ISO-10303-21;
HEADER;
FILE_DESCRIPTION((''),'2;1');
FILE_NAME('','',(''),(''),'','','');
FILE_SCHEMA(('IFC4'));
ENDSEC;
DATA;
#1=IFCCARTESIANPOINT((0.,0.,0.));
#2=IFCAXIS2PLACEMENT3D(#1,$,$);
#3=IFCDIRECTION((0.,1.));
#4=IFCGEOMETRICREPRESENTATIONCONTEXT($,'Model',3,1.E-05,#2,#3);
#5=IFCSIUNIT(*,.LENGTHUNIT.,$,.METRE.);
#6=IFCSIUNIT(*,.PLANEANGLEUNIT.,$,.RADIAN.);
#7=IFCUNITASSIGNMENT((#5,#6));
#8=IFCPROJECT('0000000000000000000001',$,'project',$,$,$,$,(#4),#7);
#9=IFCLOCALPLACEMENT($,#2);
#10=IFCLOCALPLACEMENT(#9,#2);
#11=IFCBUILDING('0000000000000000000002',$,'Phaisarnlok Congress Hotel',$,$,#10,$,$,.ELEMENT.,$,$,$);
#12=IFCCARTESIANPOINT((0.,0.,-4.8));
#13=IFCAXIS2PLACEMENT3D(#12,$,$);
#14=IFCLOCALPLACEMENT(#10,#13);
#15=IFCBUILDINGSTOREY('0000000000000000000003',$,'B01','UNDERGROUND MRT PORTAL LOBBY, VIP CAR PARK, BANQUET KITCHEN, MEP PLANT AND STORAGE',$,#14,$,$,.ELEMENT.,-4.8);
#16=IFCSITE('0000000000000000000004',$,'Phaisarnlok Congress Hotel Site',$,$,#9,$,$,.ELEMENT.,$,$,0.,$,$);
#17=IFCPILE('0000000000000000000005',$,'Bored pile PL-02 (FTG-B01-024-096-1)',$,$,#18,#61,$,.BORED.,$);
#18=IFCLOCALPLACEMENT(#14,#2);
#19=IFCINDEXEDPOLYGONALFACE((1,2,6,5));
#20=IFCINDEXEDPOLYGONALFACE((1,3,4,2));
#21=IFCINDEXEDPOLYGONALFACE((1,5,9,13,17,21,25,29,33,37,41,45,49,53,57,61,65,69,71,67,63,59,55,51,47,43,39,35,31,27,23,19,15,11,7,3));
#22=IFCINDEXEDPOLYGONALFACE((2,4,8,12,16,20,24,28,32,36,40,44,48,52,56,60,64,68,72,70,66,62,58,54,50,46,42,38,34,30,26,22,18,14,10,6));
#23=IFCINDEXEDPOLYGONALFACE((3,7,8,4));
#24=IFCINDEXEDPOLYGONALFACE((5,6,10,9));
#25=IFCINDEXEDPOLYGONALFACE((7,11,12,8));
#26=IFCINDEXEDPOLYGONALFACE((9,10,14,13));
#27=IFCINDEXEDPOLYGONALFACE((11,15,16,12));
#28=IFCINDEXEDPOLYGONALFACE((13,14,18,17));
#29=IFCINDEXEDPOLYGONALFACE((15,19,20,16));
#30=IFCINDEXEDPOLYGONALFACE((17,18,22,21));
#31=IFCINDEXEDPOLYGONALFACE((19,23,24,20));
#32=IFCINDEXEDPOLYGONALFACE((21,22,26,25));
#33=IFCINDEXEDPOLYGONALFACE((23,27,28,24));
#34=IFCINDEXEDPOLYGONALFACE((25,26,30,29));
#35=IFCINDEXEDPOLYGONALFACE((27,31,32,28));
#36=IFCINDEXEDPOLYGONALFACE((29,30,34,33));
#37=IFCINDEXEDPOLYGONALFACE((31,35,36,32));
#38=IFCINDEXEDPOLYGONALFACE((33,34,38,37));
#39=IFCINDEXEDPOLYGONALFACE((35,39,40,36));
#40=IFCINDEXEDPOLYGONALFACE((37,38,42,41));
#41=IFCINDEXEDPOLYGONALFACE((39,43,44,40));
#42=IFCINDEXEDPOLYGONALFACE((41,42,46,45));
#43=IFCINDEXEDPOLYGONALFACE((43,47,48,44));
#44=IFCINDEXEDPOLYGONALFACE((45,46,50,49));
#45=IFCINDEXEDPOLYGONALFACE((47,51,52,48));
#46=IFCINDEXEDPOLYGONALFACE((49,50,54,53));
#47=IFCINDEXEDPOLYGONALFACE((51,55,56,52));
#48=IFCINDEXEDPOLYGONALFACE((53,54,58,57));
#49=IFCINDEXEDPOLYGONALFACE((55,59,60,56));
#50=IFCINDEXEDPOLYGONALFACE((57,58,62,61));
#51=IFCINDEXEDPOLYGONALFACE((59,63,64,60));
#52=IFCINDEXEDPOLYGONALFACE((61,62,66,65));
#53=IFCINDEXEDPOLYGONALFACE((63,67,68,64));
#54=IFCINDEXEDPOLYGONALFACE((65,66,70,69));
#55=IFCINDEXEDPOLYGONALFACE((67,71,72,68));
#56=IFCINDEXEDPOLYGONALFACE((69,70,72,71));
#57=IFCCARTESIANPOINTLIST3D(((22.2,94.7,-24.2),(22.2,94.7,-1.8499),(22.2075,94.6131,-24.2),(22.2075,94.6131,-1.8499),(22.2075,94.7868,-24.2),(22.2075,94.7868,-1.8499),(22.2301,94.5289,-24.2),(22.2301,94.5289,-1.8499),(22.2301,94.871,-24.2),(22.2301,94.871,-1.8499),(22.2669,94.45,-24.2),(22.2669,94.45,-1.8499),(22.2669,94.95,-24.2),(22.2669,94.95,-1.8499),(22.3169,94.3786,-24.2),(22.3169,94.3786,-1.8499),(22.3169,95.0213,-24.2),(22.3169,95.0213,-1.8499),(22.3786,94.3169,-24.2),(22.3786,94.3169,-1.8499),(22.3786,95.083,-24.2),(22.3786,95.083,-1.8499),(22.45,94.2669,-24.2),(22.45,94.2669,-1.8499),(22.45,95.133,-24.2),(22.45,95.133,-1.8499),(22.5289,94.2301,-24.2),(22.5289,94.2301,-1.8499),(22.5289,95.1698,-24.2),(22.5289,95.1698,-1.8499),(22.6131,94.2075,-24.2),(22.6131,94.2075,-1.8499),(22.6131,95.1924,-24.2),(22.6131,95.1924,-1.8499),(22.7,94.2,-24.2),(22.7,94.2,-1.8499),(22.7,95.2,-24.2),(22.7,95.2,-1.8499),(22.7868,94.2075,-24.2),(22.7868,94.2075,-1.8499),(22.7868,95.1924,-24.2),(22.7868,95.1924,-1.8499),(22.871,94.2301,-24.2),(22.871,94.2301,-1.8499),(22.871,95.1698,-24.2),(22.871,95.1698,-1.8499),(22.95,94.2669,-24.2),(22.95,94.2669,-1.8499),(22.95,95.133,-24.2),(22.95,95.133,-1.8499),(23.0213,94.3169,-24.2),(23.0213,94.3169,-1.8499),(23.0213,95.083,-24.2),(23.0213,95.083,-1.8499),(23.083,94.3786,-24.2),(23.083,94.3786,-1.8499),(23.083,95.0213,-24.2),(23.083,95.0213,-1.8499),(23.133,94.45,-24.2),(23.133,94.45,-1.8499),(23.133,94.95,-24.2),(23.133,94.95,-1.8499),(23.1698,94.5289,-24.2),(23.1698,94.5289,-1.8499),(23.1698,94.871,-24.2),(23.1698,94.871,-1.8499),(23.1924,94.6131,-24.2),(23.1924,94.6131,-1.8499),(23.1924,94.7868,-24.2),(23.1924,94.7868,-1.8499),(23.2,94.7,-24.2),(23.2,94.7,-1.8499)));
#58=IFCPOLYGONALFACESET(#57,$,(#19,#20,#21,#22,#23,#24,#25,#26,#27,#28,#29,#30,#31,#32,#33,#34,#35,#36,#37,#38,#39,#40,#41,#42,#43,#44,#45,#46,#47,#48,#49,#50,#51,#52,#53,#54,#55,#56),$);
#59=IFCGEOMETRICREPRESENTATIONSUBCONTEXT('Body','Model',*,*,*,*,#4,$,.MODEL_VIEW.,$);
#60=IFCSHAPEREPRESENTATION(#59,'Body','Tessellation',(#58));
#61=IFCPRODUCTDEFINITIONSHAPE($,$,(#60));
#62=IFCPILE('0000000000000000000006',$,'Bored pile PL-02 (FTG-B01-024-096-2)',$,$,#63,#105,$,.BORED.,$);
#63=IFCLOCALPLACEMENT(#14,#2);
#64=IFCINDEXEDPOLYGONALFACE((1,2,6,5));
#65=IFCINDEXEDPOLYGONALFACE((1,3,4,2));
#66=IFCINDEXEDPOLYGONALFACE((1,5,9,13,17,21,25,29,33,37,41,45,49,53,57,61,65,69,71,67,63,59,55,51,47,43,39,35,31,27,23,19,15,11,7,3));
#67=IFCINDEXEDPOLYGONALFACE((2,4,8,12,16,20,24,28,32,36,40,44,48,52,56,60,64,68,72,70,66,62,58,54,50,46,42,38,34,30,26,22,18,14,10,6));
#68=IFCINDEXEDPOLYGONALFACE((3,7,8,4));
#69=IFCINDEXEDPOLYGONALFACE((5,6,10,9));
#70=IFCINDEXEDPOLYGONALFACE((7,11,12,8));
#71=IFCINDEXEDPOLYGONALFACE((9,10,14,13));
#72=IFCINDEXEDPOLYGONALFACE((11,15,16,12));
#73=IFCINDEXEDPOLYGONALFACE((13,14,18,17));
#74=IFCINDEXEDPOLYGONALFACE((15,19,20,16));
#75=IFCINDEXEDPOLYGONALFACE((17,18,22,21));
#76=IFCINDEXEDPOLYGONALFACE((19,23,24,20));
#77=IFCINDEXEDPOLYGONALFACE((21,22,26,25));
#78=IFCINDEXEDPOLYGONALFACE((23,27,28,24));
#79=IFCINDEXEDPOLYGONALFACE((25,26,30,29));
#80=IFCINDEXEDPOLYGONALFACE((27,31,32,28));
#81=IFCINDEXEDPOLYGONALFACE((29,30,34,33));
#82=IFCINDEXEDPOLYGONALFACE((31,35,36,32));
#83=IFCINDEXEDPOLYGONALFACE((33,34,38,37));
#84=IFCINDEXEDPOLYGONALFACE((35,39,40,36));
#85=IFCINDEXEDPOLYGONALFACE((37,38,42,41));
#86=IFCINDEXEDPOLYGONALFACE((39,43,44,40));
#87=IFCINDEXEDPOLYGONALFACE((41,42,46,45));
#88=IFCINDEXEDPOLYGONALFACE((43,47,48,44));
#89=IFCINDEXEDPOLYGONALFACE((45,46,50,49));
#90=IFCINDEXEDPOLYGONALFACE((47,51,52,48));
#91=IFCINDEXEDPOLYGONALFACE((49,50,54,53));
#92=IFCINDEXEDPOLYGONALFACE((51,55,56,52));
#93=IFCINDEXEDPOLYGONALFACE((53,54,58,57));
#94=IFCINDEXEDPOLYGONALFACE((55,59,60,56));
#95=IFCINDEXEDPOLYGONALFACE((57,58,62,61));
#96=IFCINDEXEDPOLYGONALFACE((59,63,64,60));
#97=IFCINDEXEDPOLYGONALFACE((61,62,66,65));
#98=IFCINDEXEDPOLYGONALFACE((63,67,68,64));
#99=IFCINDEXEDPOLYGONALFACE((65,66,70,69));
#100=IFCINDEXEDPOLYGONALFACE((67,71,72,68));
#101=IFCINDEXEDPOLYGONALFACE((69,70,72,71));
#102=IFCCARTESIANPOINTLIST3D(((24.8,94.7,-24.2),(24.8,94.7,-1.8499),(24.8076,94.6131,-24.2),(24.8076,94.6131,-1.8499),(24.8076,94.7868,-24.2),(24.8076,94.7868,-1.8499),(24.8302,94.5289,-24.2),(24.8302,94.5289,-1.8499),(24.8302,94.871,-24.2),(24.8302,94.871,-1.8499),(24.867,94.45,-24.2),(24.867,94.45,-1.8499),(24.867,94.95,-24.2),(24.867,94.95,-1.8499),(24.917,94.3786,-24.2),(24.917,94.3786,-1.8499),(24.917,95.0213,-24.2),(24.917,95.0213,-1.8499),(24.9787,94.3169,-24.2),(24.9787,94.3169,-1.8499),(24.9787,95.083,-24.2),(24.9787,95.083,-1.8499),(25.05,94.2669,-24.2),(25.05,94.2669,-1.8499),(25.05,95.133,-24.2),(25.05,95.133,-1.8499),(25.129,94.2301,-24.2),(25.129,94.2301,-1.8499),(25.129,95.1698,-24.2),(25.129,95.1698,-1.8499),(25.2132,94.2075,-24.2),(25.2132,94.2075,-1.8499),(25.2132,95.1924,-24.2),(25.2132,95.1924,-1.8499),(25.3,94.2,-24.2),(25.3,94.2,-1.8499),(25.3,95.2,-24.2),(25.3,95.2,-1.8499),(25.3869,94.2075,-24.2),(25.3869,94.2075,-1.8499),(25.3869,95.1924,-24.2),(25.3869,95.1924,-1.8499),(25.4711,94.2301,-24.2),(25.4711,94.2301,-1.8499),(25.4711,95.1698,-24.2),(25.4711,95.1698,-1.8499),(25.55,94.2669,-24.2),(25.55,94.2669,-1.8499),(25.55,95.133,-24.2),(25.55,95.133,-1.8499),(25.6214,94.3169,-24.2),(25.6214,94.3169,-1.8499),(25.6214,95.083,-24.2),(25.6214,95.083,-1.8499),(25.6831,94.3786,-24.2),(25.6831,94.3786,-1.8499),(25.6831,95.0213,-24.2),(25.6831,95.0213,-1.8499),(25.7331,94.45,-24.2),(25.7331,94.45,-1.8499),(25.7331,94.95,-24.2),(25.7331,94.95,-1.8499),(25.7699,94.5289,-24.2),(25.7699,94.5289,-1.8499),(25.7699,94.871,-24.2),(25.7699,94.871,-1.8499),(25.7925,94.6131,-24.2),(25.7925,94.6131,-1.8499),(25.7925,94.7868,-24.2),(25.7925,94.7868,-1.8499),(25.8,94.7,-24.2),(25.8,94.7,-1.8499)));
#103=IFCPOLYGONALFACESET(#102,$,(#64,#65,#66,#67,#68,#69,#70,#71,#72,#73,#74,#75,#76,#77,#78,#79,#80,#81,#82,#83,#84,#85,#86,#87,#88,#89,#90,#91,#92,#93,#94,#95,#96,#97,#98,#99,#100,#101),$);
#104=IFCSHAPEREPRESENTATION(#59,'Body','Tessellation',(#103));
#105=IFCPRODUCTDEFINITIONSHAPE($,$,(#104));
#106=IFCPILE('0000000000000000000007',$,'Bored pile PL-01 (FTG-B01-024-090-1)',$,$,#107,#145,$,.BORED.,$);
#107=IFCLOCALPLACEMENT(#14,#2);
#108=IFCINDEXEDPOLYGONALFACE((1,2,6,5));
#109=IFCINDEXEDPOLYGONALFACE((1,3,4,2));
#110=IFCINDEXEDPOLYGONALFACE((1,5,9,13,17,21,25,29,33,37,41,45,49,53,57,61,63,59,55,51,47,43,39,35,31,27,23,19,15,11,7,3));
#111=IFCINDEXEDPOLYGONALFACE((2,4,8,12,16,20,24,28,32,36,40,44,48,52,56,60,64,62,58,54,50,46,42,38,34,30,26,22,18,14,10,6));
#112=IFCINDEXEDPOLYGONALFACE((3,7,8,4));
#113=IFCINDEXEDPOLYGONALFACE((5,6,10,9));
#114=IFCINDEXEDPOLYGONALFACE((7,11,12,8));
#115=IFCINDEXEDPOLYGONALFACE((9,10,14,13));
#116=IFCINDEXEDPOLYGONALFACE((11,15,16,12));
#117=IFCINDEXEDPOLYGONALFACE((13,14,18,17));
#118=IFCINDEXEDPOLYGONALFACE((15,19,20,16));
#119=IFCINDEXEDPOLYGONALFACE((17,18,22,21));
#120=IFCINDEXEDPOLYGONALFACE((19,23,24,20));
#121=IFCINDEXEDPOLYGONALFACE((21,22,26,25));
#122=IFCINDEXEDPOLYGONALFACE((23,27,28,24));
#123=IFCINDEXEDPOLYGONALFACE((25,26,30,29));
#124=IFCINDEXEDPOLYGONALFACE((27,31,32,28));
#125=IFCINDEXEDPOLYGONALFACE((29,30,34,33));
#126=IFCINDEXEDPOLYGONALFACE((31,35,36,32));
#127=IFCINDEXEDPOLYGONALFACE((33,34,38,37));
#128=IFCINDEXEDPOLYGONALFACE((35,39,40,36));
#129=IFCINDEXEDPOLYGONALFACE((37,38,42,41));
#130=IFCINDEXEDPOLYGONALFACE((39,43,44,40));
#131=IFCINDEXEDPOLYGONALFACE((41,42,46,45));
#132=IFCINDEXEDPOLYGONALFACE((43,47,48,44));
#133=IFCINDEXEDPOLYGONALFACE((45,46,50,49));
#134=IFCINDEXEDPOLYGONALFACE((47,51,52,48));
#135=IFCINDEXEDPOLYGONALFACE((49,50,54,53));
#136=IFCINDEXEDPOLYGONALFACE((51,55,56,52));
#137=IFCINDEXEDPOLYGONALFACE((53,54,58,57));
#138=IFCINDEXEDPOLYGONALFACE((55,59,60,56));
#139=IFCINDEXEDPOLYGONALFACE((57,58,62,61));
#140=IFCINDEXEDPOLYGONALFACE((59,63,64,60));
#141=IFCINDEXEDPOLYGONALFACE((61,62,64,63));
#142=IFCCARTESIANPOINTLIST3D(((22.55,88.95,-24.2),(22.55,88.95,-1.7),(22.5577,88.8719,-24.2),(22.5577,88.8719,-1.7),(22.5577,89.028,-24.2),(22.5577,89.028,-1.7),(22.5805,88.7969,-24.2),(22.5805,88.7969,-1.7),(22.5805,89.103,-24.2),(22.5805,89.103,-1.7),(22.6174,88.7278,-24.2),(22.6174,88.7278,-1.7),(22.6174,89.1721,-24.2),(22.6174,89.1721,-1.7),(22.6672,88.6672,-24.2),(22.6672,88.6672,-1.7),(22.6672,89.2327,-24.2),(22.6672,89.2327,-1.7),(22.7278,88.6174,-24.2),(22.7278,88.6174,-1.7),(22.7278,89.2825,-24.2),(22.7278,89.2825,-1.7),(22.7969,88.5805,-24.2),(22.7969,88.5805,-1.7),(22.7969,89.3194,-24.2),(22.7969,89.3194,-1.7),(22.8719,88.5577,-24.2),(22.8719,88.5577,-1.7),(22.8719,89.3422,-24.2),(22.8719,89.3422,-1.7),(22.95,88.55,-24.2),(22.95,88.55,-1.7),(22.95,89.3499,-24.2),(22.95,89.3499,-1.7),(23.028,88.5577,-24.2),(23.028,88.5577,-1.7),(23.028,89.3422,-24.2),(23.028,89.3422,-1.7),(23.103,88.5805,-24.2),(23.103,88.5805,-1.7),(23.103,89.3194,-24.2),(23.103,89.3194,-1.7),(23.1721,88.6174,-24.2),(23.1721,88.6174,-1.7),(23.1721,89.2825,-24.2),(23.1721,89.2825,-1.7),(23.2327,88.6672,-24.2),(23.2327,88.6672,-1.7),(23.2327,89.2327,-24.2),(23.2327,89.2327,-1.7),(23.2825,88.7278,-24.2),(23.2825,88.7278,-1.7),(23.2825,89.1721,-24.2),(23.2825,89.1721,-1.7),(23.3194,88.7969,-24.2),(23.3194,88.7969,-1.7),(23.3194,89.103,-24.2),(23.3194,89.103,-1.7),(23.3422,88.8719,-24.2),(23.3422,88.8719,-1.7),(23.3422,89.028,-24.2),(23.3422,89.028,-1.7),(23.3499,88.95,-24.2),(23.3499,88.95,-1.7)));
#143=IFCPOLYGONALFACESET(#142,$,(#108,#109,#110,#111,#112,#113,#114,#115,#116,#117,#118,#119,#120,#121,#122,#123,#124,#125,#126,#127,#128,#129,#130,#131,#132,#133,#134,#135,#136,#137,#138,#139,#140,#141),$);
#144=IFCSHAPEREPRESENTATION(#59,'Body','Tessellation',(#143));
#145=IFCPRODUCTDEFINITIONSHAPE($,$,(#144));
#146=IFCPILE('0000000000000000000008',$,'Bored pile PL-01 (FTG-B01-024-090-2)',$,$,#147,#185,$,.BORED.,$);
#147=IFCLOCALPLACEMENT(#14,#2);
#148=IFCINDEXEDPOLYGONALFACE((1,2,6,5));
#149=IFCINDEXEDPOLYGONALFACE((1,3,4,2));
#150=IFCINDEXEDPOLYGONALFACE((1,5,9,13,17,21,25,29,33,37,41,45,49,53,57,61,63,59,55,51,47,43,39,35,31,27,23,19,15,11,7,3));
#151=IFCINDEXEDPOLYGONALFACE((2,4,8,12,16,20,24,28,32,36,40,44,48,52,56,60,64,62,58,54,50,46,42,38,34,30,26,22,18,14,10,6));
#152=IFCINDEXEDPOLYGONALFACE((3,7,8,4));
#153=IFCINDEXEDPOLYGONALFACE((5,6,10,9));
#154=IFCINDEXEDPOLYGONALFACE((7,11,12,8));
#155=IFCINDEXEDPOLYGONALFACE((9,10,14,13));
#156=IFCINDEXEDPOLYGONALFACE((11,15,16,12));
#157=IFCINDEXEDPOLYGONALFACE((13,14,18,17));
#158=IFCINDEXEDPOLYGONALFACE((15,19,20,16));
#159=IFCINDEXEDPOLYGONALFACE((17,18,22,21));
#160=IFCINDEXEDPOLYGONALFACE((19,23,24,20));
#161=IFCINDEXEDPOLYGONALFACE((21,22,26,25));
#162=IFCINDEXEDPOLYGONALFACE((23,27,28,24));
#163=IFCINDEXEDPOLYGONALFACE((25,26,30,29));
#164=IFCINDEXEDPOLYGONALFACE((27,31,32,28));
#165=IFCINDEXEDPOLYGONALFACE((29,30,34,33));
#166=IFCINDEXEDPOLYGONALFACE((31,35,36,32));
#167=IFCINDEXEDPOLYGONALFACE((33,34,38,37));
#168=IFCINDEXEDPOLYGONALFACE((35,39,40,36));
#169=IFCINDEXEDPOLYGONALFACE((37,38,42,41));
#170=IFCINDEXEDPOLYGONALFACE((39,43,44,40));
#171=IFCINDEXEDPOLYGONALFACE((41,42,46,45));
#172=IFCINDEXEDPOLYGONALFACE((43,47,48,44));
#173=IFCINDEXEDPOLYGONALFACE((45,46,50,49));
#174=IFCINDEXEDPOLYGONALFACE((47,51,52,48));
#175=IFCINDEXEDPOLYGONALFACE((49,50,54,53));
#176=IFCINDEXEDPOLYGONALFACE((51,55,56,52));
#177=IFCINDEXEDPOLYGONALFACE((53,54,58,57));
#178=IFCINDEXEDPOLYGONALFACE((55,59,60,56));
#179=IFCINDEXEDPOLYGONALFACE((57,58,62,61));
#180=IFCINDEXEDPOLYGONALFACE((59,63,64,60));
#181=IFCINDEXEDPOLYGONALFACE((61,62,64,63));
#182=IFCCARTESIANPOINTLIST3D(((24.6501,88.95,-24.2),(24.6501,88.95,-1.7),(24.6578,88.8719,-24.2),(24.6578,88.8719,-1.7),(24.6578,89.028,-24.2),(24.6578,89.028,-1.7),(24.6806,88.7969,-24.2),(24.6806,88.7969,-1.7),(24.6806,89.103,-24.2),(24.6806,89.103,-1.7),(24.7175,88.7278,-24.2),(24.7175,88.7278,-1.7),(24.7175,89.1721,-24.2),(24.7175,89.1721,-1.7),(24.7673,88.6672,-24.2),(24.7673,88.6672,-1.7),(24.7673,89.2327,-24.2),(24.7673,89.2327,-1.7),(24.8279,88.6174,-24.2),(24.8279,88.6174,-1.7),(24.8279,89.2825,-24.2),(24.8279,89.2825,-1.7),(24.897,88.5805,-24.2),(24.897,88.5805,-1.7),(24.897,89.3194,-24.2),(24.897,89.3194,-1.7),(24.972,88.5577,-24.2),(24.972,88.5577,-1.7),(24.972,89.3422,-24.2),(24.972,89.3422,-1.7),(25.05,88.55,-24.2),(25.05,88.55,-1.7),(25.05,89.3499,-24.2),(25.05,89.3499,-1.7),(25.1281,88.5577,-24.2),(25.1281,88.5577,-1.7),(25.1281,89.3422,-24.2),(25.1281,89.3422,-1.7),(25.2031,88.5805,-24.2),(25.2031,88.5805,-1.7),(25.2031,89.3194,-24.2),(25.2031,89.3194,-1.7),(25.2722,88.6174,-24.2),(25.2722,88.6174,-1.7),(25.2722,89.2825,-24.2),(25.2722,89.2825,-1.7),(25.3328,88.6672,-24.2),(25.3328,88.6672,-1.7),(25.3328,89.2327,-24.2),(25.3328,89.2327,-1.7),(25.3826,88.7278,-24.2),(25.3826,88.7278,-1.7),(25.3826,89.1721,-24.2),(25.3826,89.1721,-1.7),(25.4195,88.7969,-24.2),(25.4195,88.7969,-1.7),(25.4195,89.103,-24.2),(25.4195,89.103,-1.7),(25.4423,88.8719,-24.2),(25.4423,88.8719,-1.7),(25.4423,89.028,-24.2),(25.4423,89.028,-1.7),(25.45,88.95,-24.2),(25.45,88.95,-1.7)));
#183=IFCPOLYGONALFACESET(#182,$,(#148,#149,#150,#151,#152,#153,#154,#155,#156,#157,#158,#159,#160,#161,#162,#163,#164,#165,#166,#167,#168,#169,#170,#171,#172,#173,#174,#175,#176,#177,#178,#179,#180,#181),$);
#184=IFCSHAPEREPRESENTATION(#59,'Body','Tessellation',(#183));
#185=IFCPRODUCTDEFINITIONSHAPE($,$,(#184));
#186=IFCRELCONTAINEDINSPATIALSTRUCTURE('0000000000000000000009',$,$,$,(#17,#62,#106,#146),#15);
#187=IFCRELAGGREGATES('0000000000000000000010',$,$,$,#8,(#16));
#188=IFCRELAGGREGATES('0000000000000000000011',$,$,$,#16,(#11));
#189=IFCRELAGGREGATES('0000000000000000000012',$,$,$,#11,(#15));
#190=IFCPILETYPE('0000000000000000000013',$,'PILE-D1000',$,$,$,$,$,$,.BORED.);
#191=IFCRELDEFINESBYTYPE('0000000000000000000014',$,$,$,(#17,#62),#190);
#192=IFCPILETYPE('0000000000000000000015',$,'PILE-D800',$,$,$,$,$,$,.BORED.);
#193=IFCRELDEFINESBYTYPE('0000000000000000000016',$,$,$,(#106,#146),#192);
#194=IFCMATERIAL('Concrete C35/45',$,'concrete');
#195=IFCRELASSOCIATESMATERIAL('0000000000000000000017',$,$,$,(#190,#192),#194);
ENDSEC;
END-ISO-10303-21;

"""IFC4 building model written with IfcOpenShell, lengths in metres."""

from ifc_helpers import new_model, si_unit, direction, frame, origin, origin_2d, place, context, subcontext, project, spatial, circle, extrude, material, material_profile, profile_set, type_object, element, save


model = new_model("IFC4")

# Units and contexts
model_context = context("Model", 3, precision=1e-05, world=origin(), true_north=direction((0.0, 1.0)))
body_context = subcontext(model_context, "Body", "Model", "MODEL_VIEW")
ifc_project = project(units=[si_unit("LENGTHUNIT", "METRE"), si_unit("PLANEANGLEUNIT", "RADIAN")], contexts=[model_context])

# Site, building, storey
site_placement = place(None, origin())
site = spatial("IfcSite", under=ifc_project, at=site_placement, Name="Phaisarnlok Congress Hotel Site", CompositionType="ELEMENT", RefElevation=0.0)
building_placement = place(site_placement, origin())
building = spatial("IfcBuilding", under=site, at=building_placement, Name="Phaisarnlok Congress Hotel", CompositionType="ELEMENT")
storey_placement = place(building_placement, frame((0.0, 0.0, -4.8)))
storey = spatial("IfcBuildingStorey", under=building, at=storey_placement, Name="B01", Description="UNDERGROUND MRT PORTAL LOBBY, VIP CAR PARK, BANQUET KITCHEN, MEP PLANT AND STORAGE", CompositionType="ELEMENT", Elevation=-4.8)

# Piles
ifc_material_1 = material(Name="Concrete C35/45", Category="concrete")
ifc_material_profile_1 = material_profile(ifc_material_1, circle(Radius=0.5, at=origin_2d()), Name="BORED PILE D1000")
ifc_profile_set_1 = profile_set([ifc_material_profile_1], Name="Concrete C35/45")
pile_type_1 = type_object("IfcPileType", Name="PILE-D1000", PredefinedType="BORED", material=ifc_profile_set_1)
for number, where, z_axis, x_axis, name in (
    (1, (22.7, 94.7, -1.8499), (0.0, 0.0, -1.0), (1.0, 0.0, 0.0), "Bored pile PL-02 (FTG-B01-024-096-1)"),
    (2, (25.3, 94.7, -1.8499), (0.0, 0.0, -1.0), (1.0, 0.0, 0.0), "Bored pile PL-02 (FTG-B01-024-096-2)"),
):
    element("IfcPile", number, at=place(storey_placement, frame(where, z_axis=z_axis, x_axis=x_axis)), inside=storey, type_object=pile_type_1, Name=name, PredefinedType="BORED", context=body_context, shape_type="SweptSolid", body=[
        extrude(circle(Radius=0.5, at=origin_2d()), origin(), (0.0, 0.0, 1.0), 22.3501),
    ])
ifc_material_profile_2 = material_profile(ifc_material_1, circle(Radius=0.3999, at=origin_2d()), Name="BORED PILE D800")
ifc_profile_set_2 = profile_set([ifc_material_profile_2], Name="Concrete C35/45")
pile_type_2 = type_object("IfcPileType", Name="PILE-D800", PredefinedType="BORED", material=ifc_profile_set_2)
for number, where, z_axis, x_axis, name in (
    (3, (22.95, 88.95, -1.7), (0.0, 0.0, -1.0), (1.0, 0.0, 0.0), "Bored pile PL-01 (FTG-B01-024-090-1)"),
    (4, (25.05, 88.95, -1.7), (0.0, 0.0, -1.0), (1.0, 0.0, 0.0), "Bored pile PL-01 (FTG-B01-024-090-2)"),
):
    element("IfcPile", number, at=place(storey_placement, frame(where, z_axis=z_axis, x_axis=x_axis)), inside=storey, type_object=pile_type_2, Name=name, PredefinedType="BORED", context=body_context, shape_type="SweptSolid", body=[
        extrude(circle(Radius=0.3999, at=origin_2d()), origin(), (0.0, 0.0, 1.0), 22.5),
    ])

save(model, "model.ifc")
